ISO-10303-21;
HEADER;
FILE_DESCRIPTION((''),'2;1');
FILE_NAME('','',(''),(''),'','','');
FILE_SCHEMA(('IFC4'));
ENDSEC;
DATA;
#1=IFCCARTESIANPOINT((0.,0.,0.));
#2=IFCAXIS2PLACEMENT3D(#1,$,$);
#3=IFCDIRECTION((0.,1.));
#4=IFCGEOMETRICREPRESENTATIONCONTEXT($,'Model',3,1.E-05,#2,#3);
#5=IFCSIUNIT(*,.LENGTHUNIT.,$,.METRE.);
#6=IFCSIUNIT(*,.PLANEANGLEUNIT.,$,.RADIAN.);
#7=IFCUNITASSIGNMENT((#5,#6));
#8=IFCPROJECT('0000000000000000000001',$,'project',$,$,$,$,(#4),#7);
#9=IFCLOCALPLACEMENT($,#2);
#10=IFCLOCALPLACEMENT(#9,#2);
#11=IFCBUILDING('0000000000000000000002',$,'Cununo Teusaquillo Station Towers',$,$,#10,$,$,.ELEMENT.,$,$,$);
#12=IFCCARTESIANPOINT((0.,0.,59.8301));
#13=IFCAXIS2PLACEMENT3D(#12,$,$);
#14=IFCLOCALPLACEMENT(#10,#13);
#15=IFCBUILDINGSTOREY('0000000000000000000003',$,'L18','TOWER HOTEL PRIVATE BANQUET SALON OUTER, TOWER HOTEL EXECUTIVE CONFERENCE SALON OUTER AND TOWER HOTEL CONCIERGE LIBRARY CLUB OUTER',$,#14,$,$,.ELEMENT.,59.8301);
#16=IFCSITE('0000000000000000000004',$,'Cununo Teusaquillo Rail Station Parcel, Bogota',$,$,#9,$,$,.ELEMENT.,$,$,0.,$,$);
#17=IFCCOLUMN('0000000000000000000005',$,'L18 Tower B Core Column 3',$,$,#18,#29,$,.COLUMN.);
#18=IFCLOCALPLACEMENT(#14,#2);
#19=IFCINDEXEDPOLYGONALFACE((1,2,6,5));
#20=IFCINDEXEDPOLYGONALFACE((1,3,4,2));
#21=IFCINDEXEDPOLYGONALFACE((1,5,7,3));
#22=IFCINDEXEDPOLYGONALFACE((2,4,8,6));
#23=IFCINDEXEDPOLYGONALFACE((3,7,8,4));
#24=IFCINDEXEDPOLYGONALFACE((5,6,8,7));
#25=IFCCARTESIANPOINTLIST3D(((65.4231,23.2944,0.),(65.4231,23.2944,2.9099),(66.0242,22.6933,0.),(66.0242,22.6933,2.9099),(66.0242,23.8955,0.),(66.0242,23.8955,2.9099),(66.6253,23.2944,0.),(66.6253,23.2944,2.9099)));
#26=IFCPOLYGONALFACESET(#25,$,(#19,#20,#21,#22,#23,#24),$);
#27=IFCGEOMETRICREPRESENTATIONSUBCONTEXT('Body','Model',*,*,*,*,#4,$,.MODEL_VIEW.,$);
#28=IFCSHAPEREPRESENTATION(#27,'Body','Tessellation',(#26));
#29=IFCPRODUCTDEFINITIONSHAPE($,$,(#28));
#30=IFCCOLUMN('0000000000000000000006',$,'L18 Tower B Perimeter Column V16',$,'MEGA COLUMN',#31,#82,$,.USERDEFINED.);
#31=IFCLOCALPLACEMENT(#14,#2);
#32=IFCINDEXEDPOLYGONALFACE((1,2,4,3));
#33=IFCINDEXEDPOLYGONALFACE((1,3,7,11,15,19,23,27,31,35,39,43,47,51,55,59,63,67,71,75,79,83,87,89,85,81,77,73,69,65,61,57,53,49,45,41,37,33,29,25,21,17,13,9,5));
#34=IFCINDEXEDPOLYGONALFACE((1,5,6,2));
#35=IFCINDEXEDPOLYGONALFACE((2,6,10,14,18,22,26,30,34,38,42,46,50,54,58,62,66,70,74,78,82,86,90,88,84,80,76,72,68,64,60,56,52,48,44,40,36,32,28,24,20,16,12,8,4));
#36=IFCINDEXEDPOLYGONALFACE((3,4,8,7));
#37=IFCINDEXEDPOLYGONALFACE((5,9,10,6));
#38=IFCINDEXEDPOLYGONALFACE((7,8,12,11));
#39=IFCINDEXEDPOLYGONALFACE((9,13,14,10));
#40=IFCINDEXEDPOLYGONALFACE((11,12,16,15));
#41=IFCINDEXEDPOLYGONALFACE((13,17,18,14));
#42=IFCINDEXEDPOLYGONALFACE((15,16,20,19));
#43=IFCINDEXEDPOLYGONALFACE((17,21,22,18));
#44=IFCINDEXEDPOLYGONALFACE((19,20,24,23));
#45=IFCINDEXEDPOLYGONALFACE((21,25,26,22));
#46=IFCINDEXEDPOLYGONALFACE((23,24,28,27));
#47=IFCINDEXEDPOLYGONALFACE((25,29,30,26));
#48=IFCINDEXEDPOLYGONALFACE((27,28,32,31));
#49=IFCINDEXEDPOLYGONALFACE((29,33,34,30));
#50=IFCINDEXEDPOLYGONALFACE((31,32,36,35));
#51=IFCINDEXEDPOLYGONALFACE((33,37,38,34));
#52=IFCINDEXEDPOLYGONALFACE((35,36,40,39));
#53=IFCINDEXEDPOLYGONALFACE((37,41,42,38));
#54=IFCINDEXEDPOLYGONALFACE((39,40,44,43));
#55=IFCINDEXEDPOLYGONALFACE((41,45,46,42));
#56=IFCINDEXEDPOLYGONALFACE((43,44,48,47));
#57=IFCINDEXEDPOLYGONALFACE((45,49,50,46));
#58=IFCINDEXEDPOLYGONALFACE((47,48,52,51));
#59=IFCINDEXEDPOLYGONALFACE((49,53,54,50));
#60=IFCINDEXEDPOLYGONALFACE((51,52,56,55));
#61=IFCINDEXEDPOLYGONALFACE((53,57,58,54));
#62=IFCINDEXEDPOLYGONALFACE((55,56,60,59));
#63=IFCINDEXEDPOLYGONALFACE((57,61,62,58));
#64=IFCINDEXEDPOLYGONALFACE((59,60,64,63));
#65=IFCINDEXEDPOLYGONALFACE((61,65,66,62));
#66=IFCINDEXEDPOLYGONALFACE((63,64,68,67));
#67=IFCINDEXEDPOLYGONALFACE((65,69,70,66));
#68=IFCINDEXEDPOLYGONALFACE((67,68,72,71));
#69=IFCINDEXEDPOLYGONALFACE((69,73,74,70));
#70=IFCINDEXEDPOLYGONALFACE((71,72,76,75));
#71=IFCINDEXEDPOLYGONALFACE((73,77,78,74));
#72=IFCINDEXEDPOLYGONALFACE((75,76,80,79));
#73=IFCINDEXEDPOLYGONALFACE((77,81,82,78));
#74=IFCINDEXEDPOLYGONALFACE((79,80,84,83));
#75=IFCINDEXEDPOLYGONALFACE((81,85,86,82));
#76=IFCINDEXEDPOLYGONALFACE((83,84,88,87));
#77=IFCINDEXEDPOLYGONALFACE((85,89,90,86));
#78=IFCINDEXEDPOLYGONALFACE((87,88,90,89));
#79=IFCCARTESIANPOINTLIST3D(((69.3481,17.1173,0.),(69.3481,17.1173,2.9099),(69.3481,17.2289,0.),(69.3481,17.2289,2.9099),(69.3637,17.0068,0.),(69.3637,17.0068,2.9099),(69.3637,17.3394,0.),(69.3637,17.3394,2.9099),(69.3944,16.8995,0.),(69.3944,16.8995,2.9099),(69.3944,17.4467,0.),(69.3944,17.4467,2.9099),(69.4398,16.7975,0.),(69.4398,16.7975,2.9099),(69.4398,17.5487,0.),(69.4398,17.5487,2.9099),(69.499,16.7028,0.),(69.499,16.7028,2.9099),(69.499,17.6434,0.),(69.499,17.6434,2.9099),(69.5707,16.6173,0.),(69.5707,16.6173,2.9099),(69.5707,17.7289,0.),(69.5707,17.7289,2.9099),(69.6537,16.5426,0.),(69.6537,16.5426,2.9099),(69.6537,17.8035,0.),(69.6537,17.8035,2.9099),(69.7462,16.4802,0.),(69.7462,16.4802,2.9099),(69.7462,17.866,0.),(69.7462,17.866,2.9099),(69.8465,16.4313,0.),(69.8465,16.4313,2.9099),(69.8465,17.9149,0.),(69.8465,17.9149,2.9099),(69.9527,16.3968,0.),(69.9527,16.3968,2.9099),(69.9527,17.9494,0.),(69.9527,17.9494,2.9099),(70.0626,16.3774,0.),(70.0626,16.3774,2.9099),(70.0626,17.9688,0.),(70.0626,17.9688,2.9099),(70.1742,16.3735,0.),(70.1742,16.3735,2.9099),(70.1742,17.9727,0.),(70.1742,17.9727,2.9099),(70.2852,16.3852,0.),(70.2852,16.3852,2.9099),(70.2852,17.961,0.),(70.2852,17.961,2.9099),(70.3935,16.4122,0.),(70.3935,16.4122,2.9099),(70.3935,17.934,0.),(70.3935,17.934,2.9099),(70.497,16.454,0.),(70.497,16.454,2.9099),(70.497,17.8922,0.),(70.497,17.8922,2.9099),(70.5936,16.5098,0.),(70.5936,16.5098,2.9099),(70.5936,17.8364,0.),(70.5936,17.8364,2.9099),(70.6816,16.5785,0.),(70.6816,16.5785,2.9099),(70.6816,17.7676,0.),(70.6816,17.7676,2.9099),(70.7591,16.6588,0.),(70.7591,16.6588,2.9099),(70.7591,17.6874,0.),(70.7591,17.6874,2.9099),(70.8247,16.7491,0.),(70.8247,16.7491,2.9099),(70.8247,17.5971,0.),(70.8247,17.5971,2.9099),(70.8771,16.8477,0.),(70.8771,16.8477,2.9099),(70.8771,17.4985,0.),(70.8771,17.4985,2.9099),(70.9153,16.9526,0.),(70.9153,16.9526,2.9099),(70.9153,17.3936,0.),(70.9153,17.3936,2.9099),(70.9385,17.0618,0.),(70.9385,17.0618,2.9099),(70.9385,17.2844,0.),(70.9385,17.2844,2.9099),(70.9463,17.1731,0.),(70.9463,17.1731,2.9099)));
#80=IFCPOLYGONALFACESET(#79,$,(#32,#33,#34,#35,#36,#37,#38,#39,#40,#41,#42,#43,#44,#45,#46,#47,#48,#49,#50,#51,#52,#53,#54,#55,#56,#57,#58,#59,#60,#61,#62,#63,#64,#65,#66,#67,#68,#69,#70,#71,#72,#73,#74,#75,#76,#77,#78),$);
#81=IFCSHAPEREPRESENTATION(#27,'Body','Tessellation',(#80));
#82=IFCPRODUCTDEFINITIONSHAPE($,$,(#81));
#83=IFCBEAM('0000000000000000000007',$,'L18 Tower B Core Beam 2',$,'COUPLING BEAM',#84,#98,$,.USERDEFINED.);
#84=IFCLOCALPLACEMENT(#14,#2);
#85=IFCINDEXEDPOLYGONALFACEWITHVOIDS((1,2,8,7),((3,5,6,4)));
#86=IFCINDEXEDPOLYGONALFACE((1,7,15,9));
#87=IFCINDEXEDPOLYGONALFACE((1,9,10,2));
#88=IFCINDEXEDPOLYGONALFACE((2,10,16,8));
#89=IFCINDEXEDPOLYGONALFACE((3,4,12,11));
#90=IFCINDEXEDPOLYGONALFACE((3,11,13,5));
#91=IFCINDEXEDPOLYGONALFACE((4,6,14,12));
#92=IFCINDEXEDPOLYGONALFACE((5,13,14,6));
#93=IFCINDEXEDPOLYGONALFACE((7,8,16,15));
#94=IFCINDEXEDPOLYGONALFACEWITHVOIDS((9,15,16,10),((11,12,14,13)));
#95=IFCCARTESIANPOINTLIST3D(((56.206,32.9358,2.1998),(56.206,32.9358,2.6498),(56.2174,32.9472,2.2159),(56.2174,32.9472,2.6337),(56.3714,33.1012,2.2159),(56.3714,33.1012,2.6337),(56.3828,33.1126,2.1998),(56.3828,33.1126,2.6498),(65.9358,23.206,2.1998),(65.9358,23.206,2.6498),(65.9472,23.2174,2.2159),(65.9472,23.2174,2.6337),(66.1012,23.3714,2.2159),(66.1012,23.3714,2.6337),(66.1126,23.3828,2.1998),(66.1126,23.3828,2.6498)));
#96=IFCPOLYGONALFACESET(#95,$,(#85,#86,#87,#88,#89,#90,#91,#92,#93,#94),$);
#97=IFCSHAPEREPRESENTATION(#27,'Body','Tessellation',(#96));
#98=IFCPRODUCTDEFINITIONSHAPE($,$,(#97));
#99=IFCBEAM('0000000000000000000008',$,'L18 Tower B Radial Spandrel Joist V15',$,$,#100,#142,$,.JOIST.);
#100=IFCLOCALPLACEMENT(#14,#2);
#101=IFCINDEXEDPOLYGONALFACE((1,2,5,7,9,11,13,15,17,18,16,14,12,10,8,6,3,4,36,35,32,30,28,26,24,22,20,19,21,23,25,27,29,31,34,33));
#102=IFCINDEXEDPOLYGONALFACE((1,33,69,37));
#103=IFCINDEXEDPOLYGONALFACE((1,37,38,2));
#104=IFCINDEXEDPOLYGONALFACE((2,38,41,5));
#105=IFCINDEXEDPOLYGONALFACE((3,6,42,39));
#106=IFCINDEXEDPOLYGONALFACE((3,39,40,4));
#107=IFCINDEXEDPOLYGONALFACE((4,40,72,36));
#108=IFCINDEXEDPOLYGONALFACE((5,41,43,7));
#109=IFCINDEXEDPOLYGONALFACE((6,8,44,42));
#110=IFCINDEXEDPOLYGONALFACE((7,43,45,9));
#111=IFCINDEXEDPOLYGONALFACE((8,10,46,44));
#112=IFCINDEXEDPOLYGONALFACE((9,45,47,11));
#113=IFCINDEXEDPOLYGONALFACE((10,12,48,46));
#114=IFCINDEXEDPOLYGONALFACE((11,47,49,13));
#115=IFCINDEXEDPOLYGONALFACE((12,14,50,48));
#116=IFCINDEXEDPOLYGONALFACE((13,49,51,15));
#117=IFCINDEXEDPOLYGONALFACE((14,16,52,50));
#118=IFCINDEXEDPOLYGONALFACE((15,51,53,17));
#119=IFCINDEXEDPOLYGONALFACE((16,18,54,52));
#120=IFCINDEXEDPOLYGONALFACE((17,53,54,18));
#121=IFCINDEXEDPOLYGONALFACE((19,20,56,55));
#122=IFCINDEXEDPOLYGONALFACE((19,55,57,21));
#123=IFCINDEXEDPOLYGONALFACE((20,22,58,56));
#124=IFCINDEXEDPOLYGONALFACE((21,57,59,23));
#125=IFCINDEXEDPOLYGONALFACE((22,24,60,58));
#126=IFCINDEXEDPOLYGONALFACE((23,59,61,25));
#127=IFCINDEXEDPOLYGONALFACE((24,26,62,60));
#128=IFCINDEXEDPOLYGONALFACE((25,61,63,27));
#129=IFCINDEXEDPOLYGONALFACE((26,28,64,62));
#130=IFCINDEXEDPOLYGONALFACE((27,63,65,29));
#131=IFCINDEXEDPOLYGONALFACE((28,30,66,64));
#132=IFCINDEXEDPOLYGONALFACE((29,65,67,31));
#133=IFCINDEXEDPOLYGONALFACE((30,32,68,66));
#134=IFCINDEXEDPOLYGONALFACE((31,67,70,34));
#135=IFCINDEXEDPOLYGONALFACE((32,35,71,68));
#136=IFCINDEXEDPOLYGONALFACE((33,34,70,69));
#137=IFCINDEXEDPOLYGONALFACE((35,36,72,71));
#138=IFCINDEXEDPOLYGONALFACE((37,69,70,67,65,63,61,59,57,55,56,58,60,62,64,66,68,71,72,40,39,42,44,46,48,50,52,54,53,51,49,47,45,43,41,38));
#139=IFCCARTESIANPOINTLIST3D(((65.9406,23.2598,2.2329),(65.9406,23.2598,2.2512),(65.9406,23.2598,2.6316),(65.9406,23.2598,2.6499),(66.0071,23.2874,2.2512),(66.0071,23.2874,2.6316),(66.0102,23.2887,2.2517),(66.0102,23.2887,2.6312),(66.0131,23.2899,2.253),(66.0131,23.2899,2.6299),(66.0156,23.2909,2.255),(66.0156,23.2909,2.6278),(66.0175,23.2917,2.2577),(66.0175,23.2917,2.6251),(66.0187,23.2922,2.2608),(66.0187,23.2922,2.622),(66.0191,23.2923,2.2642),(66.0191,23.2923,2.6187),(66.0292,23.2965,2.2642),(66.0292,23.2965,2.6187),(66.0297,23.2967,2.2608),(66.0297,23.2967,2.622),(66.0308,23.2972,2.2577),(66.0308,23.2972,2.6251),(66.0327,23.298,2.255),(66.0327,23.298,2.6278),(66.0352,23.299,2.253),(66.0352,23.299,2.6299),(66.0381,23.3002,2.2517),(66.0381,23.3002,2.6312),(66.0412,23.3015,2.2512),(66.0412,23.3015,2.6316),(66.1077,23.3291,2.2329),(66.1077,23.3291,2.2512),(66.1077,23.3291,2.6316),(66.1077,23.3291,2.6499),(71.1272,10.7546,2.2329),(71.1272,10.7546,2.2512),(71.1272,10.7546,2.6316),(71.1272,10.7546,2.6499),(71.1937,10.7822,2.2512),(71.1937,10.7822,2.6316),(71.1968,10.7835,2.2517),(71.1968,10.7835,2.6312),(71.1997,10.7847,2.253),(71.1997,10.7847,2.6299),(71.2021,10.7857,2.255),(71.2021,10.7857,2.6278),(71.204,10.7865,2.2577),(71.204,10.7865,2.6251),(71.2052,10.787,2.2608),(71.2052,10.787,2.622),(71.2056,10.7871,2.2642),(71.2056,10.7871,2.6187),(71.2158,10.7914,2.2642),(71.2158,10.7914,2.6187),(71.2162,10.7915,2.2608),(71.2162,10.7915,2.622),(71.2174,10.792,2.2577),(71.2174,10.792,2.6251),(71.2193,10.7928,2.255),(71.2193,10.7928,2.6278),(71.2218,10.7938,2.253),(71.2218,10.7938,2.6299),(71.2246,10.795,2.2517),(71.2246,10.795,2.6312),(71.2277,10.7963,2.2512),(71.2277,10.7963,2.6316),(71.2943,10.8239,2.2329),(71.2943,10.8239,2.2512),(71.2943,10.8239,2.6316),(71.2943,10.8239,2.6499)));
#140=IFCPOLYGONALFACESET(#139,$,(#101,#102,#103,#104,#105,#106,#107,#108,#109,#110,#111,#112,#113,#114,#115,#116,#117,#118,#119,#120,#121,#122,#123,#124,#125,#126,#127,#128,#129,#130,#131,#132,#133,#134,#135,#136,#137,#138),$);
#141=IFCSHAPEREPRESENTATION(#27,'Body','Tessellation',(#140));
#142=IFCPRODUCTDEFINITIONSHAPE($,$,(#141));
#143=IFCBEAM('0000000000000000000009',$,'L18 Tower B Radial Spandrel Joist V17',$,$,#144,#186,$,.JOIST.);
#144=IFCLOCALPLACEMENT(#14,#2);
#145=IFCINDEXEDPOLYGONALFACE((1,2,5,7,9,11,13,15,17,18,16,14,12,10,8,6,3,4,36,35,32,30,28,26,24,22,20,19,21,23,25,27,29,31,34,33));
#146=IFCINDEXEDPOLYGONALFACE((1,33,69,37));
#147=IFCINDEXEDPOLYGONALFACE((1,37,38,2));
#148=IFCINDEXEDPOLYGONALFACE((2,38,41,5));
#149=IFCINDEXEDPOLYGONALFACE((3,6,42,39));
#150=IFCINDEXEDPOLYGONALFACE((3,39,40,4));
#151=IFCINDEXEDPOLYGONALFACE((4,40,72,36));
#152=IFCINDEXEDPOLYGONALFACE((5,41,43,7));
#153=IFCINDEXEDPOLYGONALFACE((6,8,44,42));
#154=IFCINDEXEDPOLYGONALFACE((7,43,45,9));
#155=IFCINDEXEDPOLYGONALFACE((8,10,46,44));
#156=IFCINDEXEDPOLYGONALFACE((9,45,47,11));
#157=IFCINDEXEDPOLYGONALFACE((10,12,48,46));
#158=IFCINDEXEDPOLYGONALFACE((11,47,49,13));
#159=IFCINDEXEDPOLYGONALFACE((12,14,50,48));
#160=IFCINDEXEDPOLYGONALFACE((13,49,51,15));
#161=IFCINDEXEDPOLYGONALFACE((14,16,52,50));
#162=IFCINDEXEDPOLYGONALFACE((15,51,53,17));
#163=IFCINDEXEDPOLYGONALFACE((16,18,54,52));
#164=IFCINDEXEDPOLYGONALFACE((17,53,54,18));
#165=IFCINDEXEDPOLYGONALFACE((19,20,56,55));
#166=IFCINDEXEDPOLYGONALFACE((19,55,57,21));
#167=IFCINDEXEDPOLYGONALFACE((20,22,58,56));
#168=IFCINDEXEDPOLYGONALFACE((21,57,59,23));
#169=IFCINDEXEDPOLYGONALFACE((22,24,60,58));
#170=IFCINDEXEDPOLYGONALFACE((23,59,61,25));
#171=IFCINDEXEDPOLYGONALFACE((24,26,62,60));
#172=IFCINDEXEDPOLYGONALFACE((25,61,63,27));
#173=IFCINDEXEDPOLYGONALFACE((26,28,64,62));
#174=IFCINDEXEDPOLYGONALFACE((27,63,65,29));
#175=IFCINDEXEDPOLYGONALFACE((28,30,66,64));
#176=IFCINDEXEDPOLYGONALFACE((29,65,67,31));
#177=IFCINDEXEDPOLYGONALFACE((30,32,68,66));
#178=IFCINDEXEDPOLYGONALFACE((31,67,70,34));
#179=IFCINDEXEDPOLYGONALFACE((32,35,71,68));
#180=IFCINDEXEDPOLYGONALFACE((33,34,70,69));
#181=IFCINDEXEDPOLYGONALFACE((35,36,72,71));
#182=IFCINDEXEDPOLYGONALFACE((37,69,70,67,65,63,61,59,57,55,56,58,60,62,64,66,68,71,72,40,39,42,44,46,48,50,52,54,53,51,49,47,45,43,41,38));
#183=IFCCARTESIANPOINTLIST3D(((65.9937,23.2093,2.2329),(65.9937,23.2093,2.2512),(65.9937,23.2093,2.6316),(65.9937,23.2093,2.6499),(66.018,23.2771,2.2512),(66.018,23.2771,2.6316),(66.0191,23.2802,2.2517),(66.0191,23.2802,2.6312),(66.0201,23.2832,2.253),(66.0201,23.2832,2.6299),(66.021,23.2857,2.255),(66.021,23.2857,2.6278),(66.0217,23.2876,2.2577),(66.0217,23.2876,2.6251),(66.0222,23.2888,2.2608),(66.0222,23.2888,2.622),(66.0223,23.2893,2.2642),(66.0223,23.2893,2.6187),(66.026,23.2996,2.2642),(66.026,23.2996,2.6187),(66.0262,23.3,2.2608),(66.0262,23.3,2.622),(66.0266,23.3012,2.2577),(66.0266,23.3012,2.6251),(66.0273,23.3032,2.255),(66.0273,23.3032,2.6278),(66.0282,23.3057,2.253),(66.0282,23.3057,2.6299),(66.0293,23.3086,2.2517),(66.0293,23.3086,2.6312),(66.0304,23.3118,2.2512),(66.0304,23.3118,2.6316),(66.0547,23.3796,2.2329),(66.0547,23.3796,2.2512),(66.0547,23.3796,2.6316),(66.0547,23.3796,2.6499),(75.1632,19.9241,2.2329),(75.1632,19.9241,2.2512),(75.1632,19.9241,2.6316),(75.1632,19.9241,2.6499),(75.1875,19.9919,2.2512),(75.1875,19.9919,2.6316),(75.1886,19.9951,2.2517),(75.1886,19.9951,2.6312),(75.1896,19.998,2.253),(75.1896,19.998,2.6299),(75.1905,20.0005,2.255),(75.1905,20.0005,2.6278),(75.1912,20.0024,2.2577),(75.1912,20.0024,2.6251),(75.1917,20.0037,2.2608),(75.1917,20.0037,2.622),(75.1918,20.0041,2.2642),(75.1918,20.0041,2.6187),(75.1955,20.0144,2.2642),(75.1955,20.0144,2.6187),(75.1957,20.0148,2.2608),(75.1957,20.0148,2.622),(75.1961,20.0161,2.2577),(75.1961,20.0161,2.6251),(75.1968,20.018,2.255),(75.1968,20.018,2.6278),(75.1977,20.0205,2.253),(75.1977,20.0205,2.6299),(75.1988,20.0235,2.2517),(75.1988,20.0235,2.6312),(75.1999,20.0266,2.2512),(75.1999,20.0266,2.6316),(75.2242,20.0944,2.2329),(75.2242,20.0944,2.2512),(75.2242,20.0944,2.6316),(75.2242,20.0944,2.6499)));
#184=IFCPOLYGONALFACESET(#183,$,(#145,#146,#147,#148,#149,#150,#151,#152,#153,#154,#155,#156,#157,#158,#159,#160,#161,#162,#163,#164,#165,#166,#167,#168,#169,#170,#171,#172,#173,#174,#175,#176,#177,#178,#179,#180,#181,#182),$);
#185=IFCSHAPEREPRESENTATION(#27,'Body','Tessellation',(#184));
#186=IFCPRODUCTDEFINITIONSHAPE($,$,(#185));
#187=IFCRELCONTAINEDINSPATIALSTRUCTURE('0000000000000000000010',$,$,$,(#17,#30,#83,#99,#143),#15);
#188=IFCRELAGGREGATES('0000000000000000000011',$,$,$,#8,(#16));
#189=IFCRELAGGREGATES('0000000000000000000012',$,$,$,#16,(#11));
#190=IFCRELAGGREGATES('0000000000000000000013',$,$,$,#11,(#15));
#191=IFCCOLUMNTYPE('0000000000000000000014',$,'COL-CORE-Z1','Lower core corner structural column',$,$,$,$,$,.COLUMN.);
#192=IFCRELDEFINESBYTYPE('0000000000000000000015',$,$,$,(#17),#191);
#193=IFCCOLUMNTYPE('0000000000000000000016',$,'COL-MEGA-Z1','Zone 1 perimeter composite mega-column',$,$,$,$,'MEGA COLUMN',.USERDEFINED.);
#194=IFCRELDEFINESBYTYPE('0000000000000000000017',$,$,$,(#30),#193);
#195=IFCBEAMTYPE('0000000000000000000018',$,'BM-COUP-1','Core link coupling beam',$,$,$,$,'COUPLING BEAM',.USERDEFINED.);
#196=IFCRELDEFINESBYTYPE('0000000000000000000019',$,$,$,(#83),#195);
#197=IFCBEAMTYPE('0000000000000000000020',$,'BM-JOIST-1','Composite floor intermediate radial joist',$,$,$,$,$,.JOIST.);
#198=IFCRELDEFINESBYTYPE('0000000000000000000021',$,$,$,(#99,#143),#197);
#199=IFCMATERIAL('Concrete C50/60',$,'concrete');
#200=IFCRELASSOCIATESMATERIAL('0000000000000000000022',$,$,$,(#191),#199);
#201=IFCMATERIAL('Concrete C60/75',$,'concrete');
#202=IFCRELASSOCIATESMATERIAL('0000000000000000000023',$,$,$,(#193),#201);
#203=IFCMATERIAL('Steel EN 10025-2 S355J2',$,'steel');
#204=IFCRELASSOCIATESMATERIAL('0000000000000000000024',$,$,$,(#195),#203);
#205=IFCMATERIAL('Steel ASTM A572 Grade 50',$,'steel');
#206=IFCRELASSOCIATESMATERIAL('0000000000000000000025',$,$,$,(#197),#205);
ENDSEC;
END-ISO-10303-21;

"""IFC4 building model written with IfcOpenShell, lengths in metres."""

from ifc_helpers import new_model, si_unit, direction, frame, origin, origin_2d, place, context, subcontext, project, spatial, rectangle, hollow_rectangle, circle, i_section, extrude, material, material_profile, profile_set, type_object, element, save


model = new_model("IFC4")

# Units and contexts
model_context = context("Model", 3, precision=1e-05, world=origin(), true_north=direction((0.0, 1.0)))
body_context = subcontext(model_context, "Body", "Model", "MODEL_VIEW")
ifc_project = project(units=[si_unit("LENGTHUNIT", "METRE"), si_unit("PLANEANGLEUNIT", "RADIAN")], contexts=[model_context])

# Site, building, storey
site_placement = place(None, origin())
site = spatial("IfcSite", under=ifc_project, at=site_placement, Name="Cununo Teusaquillo Rail Station Parcel, Bogota", CompositionType="ELEMENT", RefElevation=0.0)
building_placement = place(site_placement, origin())
building = spatial("IfcBuilding", under=site, at=building_placement, Name="Cununo Teusaquillo Station Towers", CompositionType="ELEMENT")
storey_placement = place(building_placement, frame((0.0, 0.0, 59.8301)))
storey = spatial("IfcBuildingStorey", under=building, at=storey_placement, Name="L18", Description="TOWER HOTEL PRIVATE BANQUET SALON OUTER, TOWER HOTEL EXECUTIVE CONFERENCE SALON OUTER AND TOWER HOTEL CONCIERGE LIBRARY CLUB OUTER", CompositionType="ELEMENT", Elevation=59.8301)

# Columns
ifc_material_1 = material(Name="Concrete C50/60", Category="concrete")
ifc_material_profile_1 = material_profile(ifc_material_1, rectangle(XDim=0.8501, YDim=0.8501, at=origin_2d()), Name="RC-RECT-850x850")
ifc_profile_set_1 = profile_set([ifc_material_profile_1], Name="Concrete C50/60")
column_type_1 = type_object("IfcColumnType", Name="COL-CORE-Z1", Description="Lower core corner structural column", PredefinedType="COLUMN", material=ifc_profile_set_1)
column_1_placement = place(storey_placement, frame((66.0242, 23.2944, 0.0), z_axis=(0.0, 0.0, 1.0), x_axis=(0.707107, 0.707107, 0.0)))
element("IfcColumn", 1, at=column_1_placement, inside=storey, type_object=column_type_1, Name="L18 Tower B Core Column 3", PredefinedType="COLUMN", context=body_context, shape_type="SweptSolid", body=[
    extrude(rectangle(XDim=0.8501, YDim=0.8501, at=origin_2d()), origin(), (0.0, 0.0, 1.0), 2.9099),
])
ifc_material_2 = material(Name="Concrete C60/75", Category="concrete")
ifc_material_profile_2 = material_profile(ifc_material_2, circle(Radius=0.8, at=origin_2d()), Name="RC-CIRC-1600")
ifc_profile_set_2 = profile_set([ifc_material_profile_2], Name="Concrete C60/75")
column_type_2 = type_object("IfcColumnType", Name="COL-MEGA-Z1", Description="Zone 1 perimeter composite mega-column", ElementType="MEGA COLUMN", PredefinedType="USERDEFINED", material=ifc_profile_set_2)
column_2_placement = place(storey_placement, frame((70.1462, 17.1731, 0.0), z_axis=(0.0, 0.0, 1.0), x_axis=(1.0, 0.0, 0.0)))
element("IfcColumn", 2, at=column_2_placement, inside=storey, type_object=column_type_2, Name="L18 Tower B Perimeter Column V16", ObjectType="MEGA COLUMN", PredefinedType="USERDEFINED", context=body_context, shape_type="SweptSolid", body=[
    extrude(circle(Radius=0.8, at=origin_2d()), origin(), (0.0, 0.0, 1.0), 2.9099),
])

# Beams
ifc_material_3 = material(Name="Steel EN 10025-2 S355J2", Category="steel")
ifc_material_profile_3 = material_profile(ifc_material_3, hollow_rectangle(XDim=0.25, YDim=0.45, WallThickness=0.0161, at=origin_2d()), Name="RHS 450x250x16")
ifc_profile_set_3 = profile_set([ifc_material_profile_3], Name="Steel EN 10025-2 S355J2")
beam_type_1 = type_object("IfcBeamType", Name="BM-COUP-1", Description="Core link coupling beam", ElementType="COUPLING BEAM", PredefinedType="USERDEFINED", material=ifc_profile_set_3)
beam_1_placement = place(storey_placement, frame((66.0242, 23.2944, 2.4248), z_axis=(-0.707107, 0.707107, 0.0), x_axis=(-0.707107, -0.707107, 0.0)))
element("IfcBeam", 3, at=beam_1_placement, inside=storey, type_object=beam_type_1, Name="L18 Tower B Core Beam 2", ObjectType="COUPLING BEAM", PredefinedType="USERDEFINED", context=body_context, shape_type="SweptSolid", body=[
    extrude(hollow_rectangle(XDim=0.25, YDim=0.45, WallThickness=0.0161, at=origin_2d()), origin(), (0.0, 0.0, 1.0), 13.76),
])
ifc_material_4 = material(Name="Steel ASTM A572 Grade 50", Category="steel")
ifc_material_profile_4 = material_profile(ifc_material_4, i_section(OverallWidth=0.1809, OverallDepth=0.417, WebThickness=0.011, FlangeThickness=0.0183, FilletRadius=0.0129, at=origin_2d()), Name="W16X57")
ifc_profile_set_4 = profile_set([ifc_material_profile_4], Name="Steel ASTM A572 Grade 50")
beam_type_2 = type_object("IfcBeamType", Name="BM-JOIST-1", Description="Composite floor intermediate radial joist", PredefinedType="JOIST", material=ifc_profile_set_4)
beam_2_placement = place(storey_placement, frame((66.0242, 23.2944, 2.4414), z_axis=(0.383108, -0.923704, 0.0), x_axis=(0.923704, 0.383108, 0.0)))
element("IfcBeam", 4, at=beam_2_placement, inside=storey, type_object=beam_type_2, Name="L18 Tower B Radial Spandrel Joist V15", PredefinedType="JOIST", context=body_context, shape_type="SweptSolid", body=[
    extrude(i_section(OverallWidth=0.1809, OverallDepth=0.417, WebThickness=0.011, FlangeThickness=0.0183, FilletRadius=0.0129, at=origin_2d()), origin(), (0.0, 0.0, 1.0), 13.5381),
])
beam_3_placement = place(storey_placement, frame((66.0242, 23.2944, 2.4414), z_axis=(0.941405, -0.337279, 0.0), x_axis=(0.337279, 0.941405, 0.0)))
element("IfcBeam", 5, at=beam_3_placement, inside=storey, type_object=beam_type_2, Name="L18 Tower B Radial Spandrel Joist V17", PredefinedType="JOIST", context=body_context, shape_type="SweptSolid", body=[
    extrude(i_section(OverallWidth=0.1809, OverallDepth=0.417, WebThickness=0.011, FlangeThickness=0.0183, FilletRadius=0.0129, at=origin_2d()), origin(), (0.0, 0.0, 1.0), 9.7402),
])

save(model, "model.ifc")
